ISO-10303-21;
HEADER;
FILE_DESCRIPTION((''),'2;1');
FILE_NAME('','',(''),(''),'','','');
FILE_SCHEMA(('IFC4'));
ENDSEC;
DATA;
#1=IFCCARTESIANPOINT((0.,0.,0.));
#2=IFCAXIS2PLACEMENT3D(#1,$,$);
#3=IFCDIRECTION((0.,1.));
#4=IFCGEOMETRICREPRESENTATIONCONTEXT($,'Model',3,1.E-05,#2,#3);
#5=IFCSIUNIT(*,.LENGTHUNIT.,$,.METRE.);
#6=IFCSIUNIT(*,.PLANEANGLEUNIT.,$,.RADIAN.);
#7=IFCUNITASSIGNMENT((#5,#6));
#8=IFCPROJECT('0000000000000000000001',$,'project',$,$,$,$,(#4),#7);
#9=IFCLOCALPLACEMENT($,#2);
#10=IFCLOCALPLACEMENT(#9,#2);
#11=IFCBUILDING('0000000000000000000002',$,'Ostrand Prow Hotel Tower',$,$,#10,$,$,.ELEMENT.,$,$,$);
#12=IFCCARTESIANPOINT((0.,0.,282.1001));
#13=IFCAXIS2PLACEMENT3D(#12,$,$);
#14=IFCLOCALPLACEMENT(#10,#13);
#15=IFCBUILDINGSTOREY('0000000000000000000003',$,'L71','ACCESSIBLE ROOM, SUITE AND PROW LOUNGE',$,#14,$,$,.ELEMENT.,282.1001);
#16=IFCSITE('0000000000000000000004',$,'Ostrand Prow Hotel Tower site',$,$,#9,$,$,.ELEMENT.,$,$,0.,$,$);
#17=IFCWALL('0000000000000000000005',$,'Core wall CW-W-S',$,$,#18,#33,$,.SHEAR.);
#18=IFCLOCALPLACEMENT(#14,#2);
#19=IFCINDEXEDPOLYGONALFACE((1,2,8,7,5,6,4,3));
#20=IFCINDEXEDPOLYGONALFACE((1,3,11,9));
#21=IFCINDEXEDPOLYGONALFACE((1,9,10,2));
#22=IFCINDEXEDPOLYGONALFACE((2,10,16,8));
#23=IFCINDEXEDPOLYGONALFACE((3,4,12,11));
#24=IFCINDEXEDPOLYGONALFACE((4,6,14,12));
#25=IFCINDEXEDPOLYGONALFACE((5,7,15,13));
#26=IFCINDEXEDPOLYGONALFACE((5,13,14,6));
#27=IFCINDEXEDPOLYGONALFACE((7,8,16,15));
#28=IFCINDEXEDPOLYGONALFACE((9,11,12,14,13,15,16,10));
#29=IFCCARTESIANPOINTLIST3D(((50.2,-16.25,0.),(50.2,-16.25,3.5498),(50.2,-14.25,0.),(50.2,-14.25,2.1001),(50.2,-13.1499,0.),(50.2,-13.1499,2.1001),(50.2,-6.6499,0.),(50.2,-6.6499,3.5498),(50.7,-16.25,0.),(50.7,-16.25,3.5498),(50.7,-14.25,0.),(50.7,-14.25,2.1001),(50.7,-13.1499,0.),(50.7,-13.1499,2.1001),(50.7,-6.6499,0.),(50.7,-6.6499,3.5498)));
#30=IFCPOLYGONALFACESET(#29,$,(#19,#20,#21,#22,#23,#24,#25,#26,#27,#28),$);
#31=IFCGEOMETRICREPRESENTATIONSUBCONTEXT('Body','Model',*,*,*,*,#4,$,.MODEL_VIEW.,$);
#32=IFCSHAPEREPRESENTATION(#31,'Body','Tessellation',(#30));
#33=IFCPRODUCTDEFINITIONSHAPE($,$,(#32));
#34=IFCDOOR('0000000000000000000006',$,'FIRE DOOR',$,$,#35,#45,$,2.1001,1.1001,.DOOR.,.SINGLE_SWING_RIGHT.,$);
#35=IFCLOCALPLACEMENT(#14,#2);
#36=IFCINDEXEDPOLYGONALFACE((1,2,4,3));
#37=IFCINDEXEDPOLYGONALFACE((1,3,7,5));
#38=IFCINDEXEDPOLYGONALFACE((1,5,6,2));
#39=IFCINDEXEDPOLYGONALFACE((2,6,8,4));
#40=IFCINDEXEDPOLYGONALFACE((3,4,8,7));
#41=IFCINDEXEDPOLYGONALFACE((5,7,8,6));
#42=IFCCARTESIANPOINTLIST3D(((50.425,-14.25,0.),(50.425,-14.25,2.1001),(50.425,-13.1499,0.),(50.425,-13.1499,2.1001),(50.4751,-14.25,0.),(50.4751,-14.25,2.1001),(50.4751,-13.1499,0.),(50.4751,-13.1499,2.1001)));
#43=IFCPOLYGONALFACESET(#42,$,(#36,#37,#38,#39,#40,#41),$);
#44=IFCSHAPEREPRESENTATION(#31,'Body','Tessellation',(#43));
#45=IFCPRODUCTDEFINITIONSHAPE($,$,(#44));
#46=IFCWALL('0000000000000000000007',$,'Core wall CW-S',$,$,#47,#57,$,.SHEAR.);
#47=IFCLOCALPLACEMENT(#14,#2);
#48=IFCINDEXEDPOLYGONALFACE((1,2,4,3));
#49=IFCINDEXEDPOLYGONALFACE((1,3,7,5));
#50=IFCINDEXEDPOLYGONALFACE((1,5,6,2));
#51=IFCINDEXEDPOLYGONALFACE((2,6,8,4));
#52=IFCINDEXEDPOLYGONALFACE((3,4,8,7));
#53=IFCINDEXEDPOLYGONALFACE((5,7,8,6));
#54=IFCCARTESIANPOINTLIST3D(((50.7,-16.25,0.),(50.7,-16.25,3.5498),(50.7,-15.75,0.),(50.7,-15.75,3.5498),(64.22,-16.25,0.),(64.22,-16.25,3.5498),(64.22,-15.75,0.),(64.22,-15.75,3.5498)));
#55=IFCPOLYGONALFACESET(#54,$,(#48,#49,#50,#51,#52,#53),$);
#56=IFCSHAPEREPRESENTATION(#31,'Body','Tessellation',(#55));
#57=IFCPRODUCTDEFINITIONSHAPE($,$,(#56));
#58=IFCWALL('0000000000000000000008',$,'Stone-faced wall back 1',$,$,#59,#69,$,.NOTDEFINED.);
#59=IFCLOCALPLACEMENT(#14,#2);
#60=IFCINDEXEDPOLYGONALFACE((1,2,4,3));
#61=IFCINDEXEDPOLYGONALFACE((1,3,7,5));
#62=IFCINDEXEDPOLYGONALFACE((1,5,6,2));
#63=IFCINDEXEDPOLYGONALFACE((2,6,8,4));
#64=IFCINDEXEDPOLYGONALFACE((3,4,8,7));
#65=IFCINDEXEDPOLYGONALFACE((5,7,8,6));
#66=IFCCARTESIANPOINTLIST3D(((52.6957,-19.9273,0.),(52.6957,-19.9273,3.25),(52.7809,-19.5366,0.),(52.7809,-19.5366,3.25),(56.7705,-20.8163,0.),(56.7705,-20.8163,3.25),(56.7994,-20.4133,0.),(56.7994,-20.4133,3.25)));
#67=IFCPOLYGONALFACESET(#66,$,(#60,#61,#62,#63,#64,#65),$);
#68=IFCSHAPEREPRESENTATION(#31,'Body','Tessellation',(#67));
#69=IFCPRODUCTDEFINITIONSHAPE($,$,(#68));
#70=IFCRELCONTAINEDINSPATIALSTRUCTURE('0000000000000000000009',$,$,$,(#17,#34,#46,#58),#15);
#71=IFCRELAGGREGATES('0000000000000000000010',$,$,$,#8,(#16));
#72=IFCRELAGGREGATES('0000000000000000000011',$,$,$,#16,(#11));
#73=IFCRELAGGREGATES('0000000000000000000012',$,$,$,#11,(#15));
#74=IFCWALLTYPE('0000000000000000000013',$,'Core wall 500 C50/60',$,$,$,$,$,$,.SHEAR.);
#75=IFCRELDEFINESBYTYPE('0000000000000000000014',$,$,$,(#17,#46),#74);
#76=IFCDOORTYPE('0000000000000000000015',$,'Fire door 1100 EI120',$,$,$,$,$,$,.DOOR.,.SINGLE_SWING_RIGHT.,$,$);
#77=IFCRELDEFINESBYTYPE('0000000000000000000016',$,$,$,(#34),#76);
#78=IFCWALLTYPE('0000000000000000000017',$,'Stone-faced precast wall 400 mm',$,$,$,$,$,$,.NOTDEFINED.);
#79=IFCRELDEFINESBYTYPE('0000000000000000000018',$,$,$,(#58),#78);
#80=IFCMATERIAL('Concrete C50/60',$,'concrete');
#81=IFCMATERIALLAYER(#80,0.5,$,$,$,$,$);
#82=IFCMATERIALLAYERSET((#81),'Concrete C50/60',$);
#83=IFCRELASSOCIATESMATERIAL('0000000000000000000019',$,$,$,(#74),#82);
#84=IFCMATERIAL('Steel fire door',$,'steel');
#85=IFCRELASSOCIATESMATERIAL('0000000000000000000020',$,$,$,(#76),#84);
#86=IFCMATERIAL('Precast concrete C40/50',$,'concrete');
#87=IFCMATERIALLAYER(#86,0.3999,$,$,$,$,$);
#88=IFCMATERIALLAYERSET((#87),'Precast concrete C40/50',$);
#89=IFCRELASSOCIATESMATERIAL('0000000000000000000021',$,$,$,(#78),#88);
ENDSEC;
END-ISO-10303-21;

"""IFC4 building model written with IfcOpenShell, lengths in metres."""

from ifc_helpers import new_model, si_unit, direction, frame, frame_2d, origin, place, context, subcontext, project, spatial, polyline, rectangle, outline, extrude, material, layer, layer_set, type_object, element, fill, save


model = new_model("IFC4")

# Units and contexts
model_context = context("Model", 3, precision=1e-05, world=origin(), true_north=direction((0.0, 1.0)))
body_context = subcontext(model_context, "Body", "Model", "MODEL_VIEW")
ifc_project = project(units=[si_unit("LENGTHUNIT", "METRE"), si_unit("PLANEANGLEUNIT", "RADIAN")], contexts=[model_context])

# Site, building, storey
site_placement = place(None, origin())
site = spatial("IfcSite", under=ifc_project, at=site_placement, Name="Ostrand Prow Hotel Tower site", CompositionType="ELEMENT", RefElevation=0.0)
building_placement = place(site_placement, origin())
building = spatial("IfcBuilding", under=site, at=building_placement, Name="Ostrand Prow Hotel Tower", CompositionType="ELEMENT")
storey_placement = place(building_placement, frame((0.0, 0.0, 282.1001)))
storey = spatial("IfcBuildingStorey", under=building, at=storey_placement, Name="L71", Description="ACCESSIBLE ROOM, SUITE AND PROW LOUNGE", CompositionType="ELEMENT", Elevation=282.1001)

# Wall, opening, door
ifc_material_1 = material(Name="Concrete C50/60", Category="concrete")
ifc_layer_1 = layer(ifc_material_1, 0.5)
ifc_layer_set_1 = layer_set([ifc_layer_1], Name="Concrete C50/60")
wall_type_1 = type_object("IfcWallType", Name="Core wall 500 C50/60", PredefinedType="SHEAR", material=ifc_layer_set_1)
wall_1_placement = place(storey_placement, frame((50.45, -16.25, 0.0), z_axis=(0.0, 0.0, 1.0), x_axis=(0.0, 1.0, 0.0)))
wall_1 = element("IfcWall", 1, at=wall_1_placement, inside=storey, type_object=wall_type_1, Name="Core wall CW-W-S", PredefinedType="SHEAR", context=body_context, shape_type="SweptSolid", body=[
    extrude(rectangle(XDim=9.6001, YDim=0.5, at=frame_2d((4.8, 0.0))), origin(), (0.0, 0.0, 1.0), 3.5498),
])
opening_placement = place(wall_1_placement, frame((2.0, 0.0, 0.0)))
opening = element("IfcOpeningElement", 2, at=opening_placement, cuts=wall_1, PredefinedType="OPENING", context=body_context, shape_type="SweptSolid", body=[
    extrude(rectangle(XDim=1.1001, YDim=2.1001, at=frame_2d((0.55, 1.05))), frame((0.0, 0.26, 0.0), z_axis=(0.0, -1.0, 0.0), x_axis=(1.0, 0.0, 0.0)), (0.0, 0.0, 1.0), 0.52),
])
ifc_material_2 = material(Name="Steel fire door", Category="steel")
door_type = type_object("IfcDoorType", Name="Fire door 1100 EI120", OperationType="SINGLE_SWING_RIGHT", PredefinedType="DOOR", material=ifc_material_2)
door_placement = place(opening_placement, origin())
door = element("IfcDoor", 3, at=door_placement, inside=storey, type_object=door_type, Name="FIRE DOOR", OperationType="SINGLE_SWING_RIGHT", OverallHeight=2.1001, OverallWidth=1.1001, PredefinedType="DOOR", context=body_context, shape_type="SweptSolid", body=[
    extrude(rectangle(XDim=1.1001, YDim=2.1001, at=frame_2d((0.55, 1.05))), frame((0.0, 0.0249, 0.0), z_axis=(0.0, -1.0, 0.0), x_axis=(1.0, 0.0, 0.0)), (0.0, 0.0, 1.0), 0.05),
])
fill(opening, door)

# Walls
wall_2_placement = place(storey_placement, frame((50.7, -16.0, 0.0), z_axis=(0.0, 0.0, 1.0), x_axis=(1.0, 0.0, 0.0)))
element("IfcWall", 4, at=wall_2_placement, inside=storey, type_object=wall_type_1, Name="Core wall CW-S", PredefinedType="SHEAR", context=body_context, shape_type="SweptSolid", body=[
    extrude(rectangle(XDim=13.52, YDim=0.5, at=frame_2d((6.76, 0.0))), origin(), (0.0, 0.0, 1.0), 3.5498),
])
ifc_material_3 = material(Name="Precast concrete C40/50", Category="concrete")
ifc_layer_2 = layer(ifc_material_3, 0.3999)
ifc_layer_set_2 = layer_set([ifc_layer_2], Name="Precast concrete C40/50")
wall_type_2 = type_object("IfcWallType", Name="Stone-faced precast wall 400 mm", PredefinedType="NOTDEFINED", material=ifc_layer_set_2)
wall_3_placement = place(storey_placement, frame((52.7383, -19.7319, 0.0), z_axis=(0.0, 0.0, 1.0), x_axis=(0.97702, -0.213147, 0.0)))
element("IfcWall", 5, at=wall_3_placement, inside=storey, type_object=wall_type_2, Name="Stone-faced wall back 1", PredefinedType="NOTDEFINED", context=body_context, shape_type="SweptSolid", body=[
    extrude(outline(polyline([(0.0, -0.2), (4.1707, -0.2), (4.113, 0.2), (0.0, 0.2), (0.0, -0.2)])), origin(), (0.0, 0.0, 1.0), 3.25),
])

save(model, "model.ifc")
